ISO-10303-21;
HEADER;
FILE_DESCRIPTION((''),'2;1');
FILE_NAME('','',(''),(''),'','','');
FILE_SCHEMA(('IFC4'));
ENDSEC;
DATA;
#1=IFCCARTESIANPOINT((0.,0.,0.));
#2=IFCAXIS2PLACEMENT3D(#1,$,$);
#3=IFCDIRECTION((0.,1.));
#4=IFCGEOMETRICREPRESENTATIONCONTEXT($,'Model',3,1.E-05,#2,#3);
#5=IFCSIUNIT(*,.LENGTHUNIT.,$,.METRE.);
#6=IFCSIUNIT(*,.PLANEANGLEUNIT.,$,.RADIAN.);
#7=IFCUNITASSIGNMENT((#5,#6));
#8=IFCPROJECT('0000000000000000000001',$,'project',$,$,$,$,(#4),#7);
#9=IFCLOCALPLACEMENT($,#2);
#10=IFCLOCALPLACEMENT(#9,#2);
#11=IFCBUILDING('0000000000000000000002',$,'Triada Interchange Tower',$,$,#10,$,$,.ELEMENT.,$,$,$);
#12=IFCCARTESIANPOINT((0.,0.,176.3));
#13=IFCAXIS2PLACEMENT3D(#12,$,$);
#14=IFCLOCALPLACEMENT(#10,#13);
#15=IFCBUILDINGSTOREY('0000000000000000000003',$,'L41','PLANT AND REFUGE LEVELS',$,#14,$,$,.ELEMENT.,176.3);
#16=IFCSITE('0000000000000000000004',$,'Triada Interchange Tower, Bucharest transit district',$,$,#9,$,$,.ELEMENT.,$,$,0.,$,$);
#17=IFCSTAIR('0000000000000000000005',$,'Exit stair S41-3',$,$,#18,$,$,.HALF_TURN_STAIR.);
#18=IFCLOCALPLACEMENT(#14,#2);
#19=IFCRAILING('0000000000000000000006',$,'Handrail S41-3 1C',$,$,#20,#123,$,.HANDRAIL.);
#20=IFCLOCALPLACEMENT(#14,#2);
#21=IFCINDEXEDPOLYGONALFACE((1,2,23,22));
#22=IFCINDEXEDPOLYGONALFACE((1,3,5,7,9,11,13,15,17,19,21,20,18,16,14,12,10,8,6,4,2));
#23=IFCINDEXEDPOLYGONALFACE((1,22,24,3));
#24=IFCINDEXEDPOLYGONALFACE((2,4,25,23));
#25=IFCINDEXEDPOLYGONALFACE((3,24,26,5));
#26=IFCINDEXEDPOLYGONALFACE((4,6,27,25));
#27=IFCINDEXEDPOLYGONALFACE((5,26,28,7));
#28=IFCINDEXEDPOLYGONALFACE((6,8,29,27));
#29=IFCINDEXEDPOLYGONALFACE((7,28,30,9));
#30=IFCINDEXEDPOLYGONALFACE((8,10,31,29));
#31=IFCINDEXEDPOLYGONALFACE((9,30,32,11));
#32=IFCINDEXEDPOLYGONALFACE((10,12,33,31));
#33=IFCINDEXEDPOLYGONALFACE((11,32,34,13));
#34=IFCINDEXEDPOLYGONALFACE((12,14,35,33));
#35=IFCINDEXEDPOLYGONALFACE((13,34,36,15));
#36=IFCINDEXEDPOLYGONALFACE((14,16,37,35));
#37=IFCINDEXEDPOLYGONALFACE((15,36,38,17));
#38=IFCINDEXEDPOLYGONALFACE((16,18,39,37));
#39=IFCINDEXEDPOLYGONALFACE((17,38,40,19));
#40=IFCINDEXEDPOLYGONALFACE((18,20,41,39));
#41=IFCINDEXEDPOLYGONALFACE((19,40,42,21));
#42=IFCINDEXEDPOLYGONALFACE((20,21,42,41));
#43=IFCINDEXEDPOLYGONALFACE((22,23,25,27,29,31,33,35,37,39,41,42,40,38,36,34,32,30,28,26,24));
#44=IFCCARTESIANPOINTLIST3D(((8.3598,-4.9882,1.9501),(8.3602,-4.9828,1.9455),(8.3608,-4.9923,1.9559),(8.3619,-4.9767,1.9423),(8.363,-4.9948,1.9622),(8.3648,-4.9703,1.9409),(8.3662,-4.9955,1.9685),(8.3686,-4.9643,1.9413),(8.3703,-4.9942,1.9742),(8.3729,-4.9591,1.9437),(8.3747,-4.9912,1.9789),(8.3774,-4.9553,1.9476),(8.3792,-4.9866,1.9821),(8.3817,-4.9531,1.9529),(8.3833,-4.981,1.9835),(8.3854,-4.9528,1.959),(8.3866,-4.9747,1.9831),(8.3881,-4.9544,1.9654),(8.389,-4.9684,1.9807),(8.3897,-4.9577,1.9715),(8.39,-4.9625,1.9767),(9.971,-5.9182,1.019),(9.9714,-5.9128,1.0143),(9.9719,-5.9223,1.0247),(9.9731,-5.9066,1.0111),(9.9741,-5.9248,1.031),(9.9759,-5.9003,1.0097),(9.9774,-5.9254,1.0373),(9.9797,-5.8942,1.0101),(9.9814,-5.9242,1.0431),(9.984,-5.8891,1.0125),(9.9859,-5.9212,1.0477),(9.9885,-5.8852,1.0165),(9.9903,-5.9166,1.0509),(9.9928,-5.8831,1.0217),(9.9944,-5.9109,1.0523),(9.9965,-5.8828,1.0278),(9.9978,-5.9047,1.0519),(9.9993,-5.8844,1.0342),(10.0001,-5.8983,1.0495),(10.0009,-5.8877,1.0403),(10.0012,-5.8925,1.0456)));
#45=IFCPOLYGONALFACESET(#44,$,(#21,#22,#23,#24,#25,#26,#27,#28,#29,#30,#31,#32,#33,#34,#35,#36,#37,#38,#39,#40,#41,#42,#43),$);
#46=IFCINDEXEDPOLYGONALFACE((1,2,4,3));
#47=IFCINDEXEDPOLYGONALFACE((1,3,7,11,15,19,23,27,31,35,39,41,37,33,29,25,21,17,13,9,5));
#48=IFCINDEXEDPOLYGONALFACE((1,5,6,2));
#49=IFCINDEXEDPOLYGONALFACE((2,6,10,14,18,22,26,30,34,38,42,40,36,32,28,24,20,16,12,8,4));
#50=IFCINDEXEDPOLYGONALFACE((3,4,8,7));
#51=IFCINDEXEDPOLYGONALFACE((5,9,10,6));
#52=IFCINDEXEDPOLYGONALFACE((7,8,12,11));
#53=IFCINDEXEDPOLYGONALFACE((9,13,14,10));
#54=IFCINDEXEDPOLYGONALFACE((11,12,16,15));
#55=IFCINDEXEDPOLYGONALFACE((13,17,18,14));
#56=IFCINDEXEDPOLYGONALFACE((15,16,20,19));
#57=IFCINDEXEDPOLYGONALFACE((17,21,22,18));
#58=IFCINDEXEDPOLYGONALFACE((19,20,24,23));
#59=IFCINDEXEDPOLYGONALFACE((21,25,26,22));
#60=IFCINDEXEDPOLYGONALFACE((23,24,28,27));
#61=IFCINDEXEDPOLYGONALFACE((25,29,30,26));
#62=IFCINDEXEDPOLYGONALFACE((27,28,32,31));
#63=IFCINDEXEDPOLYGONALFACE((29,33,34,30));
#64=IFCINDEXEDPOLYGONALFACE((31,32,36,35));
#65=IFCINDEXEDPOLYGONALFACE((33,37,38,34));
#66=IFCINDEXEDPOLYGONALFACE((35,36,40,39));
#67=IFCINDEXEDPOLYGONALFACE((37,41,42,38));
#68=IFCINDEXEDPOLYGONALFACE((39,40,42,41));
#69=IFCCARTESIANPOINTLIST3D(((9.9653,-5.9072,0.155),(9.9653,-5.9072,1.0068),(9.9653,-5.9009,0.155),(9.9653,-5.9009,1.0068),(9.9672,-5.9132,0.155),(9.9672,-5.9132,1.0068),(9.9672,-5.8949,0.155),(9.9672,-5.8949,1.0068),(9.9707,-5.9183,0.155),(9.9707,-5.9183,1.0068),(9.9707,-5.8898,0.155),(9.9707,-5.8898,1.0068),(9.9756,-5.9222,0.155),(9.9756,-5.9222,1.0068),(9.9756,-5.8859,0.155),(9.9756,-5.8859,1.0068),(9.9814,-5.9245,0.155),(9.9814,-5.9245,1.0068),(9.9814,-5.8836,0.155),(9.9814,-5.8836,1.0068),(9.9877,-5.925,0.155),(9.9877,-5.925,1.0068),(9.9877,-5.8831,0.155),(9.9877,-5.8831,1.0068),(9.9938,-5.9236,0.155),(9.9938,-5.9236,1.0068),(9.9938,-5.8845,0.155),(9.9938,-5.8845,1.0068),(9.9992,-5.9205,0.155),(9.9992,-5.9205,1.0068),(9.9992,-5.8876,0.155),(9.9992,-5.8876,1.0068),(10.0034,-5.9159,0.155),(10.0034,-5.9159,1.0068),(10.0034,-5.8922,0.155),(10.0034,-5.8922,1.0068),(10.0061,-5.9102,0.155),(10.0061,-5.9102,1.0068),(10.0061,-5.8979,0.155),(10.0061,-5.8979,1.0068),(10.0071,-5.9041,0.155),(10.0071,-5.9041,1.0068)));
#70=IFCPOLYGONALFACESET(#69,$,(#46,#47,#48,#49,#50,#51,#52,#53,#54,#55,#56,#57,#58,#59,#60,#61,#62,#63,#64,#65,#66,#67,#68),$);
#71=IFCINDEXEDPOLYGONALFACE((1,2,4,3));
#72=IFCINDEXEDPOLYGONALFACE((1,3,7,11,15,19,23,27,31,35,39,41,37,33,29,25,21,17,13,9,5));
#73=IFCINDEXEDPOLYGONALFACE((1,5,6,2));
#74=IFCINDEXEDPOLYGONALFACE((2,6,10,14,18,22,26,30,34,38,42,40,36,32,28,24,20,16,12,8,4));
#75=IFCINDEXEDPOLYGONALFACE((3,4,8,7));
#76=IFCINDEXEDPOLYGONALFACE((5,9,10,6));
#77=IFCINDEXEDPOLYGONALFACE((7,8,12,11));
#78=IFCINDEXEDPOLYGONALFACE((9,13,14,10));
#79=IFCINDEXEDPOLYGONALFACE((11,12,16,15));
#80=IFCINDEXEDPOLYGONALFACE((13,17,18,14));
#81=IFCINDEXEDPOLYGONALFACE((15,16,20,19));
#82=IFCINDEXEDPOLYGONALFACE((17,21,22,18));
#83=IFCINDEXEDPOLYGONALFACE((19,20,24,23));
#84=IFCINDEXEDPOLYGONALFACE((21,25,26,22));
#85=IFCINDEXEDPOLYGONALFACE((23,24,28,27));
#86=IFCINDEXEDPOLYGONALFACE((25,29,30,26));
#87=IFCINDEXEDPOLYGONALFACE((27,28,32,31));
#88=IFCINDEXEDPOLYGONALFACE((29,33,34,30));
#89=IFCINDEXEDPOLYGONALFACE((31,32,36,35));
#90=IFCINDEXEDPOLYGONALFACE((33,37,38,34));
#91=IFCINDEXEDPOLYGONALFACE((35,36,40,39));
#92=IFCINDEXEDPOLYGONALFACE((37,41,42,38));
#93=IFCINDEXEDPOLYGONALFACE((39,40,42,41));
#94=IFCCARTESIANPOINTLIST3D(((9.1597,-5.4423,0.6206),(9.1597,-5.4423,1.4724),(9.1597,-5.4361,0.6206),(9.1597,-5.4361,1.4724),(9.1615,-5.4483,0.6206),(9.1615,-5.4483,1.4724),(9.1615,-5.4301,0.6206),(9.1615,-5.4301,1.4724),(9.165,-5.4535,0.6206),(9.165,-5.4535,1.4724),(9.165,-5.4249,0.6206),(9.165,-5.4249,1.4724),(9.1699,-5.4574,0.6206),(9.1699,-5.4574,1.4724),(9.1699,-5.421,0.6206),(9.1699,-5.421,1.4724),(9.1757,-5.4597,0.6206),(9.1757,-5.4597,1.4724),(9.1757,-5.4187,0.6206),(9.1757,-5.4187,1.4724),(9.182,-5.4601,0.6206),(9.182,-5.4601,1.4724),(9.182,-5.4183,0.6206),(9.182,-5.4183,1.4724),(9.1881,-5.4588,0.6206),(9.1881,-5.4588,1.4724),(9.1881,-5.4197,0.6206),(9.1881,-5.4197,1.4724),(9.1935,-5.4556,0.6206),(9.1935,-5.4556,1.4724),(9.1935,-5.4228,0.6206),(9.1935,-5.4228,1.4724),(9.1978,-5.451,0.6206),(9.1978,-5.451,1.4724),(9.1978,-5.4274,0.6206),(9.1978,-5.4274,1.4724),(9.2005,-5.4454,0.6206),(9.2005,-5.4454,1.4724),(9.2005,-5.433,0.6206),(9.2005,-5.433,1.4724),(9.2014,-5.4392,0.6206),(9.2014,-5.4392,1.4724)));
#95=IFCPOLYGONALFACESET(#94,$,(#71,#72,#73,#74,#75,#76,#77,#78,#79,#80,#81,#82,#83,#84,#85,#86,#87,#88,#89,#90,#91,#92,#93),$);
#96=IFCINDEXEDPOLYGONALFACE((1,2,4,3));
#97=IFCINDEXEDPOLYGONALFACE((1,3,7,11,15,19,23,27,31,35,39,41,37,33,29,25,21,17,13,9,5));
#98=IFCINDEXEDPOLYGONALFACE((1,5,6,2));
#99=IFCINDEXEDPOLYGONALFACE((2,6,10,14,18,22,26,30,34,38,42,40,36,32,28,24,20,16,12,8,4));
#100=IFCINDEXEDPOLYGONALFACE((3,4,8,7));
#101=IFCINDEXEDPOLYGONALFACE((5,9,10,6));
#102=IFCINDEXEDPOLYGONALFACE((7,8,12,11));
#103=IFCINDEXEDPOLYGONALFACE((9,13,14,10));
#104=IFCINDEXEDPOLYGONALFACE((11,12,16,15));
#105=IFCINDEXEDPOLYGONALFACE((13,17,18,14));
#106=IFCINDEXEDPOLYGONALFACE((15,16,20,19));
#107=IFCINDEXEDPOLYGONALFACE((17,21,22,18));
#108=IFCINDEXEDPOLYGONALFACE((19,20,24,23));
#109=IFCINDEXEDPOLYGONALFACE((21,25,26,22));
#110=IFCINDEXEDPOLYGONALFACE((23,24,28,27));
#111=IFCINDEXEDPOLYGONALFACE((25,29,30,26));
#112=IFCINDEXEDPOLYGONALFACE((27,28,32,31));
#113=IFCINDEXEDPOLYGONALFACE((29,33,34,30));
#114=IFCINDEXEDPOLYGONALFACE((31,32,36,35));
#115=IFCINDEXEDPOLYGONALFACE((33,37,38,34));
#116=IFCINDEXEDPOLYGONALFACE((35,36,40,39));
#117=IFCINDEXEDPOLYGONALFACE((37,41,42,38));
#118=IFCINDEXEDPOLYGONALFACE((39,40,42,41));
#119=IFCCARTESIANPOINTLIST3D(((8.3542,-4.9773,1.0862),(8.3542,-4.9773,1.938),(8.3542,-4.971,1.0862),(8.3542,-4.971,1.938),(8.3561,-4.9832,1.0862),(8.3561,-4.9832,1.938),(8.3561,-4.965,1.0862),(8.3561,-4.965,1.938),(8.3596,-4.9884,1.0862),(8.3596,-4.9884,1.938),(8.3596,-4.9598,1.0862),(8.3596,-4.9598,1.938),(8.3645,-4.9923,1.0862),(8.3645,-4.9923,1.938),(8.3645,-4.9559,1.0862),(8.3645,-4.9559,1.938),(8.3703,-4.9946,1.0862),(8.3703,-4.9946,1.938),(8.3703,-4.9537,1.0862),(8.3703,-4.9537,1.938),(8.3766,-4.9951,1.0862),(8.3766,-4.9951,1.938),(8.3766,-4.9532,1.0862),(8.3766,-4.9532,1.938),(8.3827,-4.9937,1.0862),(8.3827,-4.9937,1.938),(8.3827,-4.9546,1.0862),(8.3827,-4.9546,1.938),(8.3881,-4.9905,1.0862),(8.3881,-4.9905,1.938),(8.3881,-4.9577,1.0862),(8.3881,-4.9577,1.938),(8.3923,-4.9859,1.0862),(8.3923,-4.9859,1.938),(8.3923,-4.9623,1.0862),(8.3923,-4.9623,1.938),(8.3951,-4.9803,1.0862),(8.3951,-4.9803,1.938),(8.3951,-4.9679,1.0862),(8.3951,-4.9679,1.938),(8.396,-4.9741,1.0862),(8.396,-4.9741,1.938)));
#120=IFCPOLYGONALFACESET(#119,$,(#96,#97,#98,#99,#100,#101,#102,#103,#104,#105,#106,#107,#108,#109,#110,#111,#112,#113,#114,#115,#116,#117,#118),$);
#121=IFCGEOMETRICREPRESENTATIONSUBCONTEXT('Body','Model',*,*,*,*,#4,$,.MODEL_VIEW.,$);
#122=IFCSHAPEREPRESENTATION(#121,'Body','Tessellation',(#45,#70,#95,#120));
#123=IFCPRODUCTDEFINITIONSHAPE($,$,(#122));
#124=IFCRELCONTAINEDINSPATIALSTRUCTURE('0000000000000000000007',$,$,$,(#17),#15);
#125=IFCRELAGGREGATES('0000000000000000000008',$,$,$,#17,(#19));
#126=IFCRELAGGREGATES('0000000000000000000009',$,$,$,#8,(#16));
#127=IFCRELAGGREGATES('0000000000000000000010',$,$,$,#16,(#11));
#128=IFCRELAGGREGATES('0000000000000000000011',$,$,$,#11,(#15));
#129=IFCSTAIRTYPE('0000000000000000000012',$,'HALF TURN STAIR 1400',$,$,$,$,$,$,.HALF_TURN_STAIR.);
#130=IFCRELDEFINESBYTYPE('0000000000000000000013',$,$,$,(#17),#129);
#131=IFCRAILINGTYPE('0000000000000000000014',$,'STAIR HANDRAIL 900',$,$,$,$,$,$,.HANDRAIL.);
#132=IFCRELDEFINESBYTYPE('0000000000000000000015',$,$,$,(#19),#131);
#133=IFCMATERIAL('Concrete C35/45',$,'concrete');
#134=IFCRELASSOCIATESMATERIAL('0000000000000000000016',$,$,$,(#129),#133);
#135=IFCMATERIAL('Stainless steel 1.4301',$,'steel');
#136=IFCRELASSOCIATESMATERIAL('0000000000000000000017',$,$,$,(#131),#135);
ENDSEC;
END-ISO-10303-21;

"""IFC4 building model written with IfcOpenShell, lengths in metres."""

from ifc_helpers import new_model, si_unit, direction, frame, origin, origin_2d, place, context, subcontext, project, spatial, circle, extrude, material, type_object, element, aggregate, save


model = new_model("IFC4")

# Units and contexts
model_context = context("Model", 3, precision=1e-05, world=origin(), true_north=direction((0.0, 1.0)))
body_context = subcontext(model_context, "Body", "Model", "MODEL_VIEW")
ifc_project = project(units=[si_unit("LENGTHUNIT", "METRE"), si_unit("PLANEANGLEUNIT", "RADIAN")], contexts=[model_context])

# Site, building, storey
site_placement = place(None, origin())
site = spatial("IfcSite", under=ifc_project, at=site_placement, Name="Triada Interchange Tower, Bucharest transit district", CompositionType="ELEMENT", RefElevation=0.0)
building_placement = place(site_placement, origin())
building = spatial("IfcBuilding", under=site, at=building_placement, Name="Triada Interchange Tower", CompositionType="ELEMENT")
storey_placement = place(building_placement, frame((0.0, 0.0, 176.3)))
storey = spatial("IfcBuildingStorey", under=building, at=storey_placement, Name="L41", Description="PLANT AND REFUGE LEVELS", CompositionType="ELEMENT", Elevation=176.3)

# Shared definitions
ifc_material_1 = material(Name="Concrete C35/45", Category="concrete")

# Stair, railing
stair_type = type_object("IfcStairType", Name="HALF TURN STAIR 1400", PredefinedType="HALF_TURN_STAIR", material=ifc_material_1)
stair_placement = place(storey_placement, origin())
stair = element("IfcStair", 1, at=stair_placement, inside=storey, type_object=stair_type, Name="Exit stair S41-3", PredefinedType="HALF_TURN_STAIR")
ifc_material_2 = material(Name="Stainless steel 1.4301", Category="steel")
railing_type_1 = type_object("IfcRailingType", Name="STAIR HANDRAIL 900", PredefinedType="HANDRAIL", material=ifc_material_2)
railing_1_placement = place(storey_placement, frame((9.9861, -5.9041, 0.155)))
railing_1 = element("IfcRailing", 2, at=railing_1_placement, type_object=railing_type_1, Name="Handrail S41-3 1C", PredefinedType="HANDRAIL", context=body_context, shape_type="SweptSolid", body=[
    extrude(circle(Radius=0.0239, at=origin_2d()), frame((0.0, 0.0, 0.876), z_axis=(-0.774469, 0.44703, 0.447617), x_axis=(-0.499908, -0.866079, 0.0)), (0.0, 0.0, 1.0), 2.0803),
    extrude(circle(Radius=0.021, at=origin_2d()), origin(), (0.0, 0.0, 1.0), 0.8518),
    extrude(circle(Radius=0.021, at=origin_2d()), frame((-0.8057, 0.4648, 0.4656)), (0.0, 0.0, 1.0), 0.8518),
    extrude(circle(Radius=0.021, at=origin_2d()), frame((-1.6111, 0.9299, 0.9312)), (0.0, 0.0, 1.0), 0.8518),
])
aggregate(stair, [railing_1])

save(model, "model.ifc")
